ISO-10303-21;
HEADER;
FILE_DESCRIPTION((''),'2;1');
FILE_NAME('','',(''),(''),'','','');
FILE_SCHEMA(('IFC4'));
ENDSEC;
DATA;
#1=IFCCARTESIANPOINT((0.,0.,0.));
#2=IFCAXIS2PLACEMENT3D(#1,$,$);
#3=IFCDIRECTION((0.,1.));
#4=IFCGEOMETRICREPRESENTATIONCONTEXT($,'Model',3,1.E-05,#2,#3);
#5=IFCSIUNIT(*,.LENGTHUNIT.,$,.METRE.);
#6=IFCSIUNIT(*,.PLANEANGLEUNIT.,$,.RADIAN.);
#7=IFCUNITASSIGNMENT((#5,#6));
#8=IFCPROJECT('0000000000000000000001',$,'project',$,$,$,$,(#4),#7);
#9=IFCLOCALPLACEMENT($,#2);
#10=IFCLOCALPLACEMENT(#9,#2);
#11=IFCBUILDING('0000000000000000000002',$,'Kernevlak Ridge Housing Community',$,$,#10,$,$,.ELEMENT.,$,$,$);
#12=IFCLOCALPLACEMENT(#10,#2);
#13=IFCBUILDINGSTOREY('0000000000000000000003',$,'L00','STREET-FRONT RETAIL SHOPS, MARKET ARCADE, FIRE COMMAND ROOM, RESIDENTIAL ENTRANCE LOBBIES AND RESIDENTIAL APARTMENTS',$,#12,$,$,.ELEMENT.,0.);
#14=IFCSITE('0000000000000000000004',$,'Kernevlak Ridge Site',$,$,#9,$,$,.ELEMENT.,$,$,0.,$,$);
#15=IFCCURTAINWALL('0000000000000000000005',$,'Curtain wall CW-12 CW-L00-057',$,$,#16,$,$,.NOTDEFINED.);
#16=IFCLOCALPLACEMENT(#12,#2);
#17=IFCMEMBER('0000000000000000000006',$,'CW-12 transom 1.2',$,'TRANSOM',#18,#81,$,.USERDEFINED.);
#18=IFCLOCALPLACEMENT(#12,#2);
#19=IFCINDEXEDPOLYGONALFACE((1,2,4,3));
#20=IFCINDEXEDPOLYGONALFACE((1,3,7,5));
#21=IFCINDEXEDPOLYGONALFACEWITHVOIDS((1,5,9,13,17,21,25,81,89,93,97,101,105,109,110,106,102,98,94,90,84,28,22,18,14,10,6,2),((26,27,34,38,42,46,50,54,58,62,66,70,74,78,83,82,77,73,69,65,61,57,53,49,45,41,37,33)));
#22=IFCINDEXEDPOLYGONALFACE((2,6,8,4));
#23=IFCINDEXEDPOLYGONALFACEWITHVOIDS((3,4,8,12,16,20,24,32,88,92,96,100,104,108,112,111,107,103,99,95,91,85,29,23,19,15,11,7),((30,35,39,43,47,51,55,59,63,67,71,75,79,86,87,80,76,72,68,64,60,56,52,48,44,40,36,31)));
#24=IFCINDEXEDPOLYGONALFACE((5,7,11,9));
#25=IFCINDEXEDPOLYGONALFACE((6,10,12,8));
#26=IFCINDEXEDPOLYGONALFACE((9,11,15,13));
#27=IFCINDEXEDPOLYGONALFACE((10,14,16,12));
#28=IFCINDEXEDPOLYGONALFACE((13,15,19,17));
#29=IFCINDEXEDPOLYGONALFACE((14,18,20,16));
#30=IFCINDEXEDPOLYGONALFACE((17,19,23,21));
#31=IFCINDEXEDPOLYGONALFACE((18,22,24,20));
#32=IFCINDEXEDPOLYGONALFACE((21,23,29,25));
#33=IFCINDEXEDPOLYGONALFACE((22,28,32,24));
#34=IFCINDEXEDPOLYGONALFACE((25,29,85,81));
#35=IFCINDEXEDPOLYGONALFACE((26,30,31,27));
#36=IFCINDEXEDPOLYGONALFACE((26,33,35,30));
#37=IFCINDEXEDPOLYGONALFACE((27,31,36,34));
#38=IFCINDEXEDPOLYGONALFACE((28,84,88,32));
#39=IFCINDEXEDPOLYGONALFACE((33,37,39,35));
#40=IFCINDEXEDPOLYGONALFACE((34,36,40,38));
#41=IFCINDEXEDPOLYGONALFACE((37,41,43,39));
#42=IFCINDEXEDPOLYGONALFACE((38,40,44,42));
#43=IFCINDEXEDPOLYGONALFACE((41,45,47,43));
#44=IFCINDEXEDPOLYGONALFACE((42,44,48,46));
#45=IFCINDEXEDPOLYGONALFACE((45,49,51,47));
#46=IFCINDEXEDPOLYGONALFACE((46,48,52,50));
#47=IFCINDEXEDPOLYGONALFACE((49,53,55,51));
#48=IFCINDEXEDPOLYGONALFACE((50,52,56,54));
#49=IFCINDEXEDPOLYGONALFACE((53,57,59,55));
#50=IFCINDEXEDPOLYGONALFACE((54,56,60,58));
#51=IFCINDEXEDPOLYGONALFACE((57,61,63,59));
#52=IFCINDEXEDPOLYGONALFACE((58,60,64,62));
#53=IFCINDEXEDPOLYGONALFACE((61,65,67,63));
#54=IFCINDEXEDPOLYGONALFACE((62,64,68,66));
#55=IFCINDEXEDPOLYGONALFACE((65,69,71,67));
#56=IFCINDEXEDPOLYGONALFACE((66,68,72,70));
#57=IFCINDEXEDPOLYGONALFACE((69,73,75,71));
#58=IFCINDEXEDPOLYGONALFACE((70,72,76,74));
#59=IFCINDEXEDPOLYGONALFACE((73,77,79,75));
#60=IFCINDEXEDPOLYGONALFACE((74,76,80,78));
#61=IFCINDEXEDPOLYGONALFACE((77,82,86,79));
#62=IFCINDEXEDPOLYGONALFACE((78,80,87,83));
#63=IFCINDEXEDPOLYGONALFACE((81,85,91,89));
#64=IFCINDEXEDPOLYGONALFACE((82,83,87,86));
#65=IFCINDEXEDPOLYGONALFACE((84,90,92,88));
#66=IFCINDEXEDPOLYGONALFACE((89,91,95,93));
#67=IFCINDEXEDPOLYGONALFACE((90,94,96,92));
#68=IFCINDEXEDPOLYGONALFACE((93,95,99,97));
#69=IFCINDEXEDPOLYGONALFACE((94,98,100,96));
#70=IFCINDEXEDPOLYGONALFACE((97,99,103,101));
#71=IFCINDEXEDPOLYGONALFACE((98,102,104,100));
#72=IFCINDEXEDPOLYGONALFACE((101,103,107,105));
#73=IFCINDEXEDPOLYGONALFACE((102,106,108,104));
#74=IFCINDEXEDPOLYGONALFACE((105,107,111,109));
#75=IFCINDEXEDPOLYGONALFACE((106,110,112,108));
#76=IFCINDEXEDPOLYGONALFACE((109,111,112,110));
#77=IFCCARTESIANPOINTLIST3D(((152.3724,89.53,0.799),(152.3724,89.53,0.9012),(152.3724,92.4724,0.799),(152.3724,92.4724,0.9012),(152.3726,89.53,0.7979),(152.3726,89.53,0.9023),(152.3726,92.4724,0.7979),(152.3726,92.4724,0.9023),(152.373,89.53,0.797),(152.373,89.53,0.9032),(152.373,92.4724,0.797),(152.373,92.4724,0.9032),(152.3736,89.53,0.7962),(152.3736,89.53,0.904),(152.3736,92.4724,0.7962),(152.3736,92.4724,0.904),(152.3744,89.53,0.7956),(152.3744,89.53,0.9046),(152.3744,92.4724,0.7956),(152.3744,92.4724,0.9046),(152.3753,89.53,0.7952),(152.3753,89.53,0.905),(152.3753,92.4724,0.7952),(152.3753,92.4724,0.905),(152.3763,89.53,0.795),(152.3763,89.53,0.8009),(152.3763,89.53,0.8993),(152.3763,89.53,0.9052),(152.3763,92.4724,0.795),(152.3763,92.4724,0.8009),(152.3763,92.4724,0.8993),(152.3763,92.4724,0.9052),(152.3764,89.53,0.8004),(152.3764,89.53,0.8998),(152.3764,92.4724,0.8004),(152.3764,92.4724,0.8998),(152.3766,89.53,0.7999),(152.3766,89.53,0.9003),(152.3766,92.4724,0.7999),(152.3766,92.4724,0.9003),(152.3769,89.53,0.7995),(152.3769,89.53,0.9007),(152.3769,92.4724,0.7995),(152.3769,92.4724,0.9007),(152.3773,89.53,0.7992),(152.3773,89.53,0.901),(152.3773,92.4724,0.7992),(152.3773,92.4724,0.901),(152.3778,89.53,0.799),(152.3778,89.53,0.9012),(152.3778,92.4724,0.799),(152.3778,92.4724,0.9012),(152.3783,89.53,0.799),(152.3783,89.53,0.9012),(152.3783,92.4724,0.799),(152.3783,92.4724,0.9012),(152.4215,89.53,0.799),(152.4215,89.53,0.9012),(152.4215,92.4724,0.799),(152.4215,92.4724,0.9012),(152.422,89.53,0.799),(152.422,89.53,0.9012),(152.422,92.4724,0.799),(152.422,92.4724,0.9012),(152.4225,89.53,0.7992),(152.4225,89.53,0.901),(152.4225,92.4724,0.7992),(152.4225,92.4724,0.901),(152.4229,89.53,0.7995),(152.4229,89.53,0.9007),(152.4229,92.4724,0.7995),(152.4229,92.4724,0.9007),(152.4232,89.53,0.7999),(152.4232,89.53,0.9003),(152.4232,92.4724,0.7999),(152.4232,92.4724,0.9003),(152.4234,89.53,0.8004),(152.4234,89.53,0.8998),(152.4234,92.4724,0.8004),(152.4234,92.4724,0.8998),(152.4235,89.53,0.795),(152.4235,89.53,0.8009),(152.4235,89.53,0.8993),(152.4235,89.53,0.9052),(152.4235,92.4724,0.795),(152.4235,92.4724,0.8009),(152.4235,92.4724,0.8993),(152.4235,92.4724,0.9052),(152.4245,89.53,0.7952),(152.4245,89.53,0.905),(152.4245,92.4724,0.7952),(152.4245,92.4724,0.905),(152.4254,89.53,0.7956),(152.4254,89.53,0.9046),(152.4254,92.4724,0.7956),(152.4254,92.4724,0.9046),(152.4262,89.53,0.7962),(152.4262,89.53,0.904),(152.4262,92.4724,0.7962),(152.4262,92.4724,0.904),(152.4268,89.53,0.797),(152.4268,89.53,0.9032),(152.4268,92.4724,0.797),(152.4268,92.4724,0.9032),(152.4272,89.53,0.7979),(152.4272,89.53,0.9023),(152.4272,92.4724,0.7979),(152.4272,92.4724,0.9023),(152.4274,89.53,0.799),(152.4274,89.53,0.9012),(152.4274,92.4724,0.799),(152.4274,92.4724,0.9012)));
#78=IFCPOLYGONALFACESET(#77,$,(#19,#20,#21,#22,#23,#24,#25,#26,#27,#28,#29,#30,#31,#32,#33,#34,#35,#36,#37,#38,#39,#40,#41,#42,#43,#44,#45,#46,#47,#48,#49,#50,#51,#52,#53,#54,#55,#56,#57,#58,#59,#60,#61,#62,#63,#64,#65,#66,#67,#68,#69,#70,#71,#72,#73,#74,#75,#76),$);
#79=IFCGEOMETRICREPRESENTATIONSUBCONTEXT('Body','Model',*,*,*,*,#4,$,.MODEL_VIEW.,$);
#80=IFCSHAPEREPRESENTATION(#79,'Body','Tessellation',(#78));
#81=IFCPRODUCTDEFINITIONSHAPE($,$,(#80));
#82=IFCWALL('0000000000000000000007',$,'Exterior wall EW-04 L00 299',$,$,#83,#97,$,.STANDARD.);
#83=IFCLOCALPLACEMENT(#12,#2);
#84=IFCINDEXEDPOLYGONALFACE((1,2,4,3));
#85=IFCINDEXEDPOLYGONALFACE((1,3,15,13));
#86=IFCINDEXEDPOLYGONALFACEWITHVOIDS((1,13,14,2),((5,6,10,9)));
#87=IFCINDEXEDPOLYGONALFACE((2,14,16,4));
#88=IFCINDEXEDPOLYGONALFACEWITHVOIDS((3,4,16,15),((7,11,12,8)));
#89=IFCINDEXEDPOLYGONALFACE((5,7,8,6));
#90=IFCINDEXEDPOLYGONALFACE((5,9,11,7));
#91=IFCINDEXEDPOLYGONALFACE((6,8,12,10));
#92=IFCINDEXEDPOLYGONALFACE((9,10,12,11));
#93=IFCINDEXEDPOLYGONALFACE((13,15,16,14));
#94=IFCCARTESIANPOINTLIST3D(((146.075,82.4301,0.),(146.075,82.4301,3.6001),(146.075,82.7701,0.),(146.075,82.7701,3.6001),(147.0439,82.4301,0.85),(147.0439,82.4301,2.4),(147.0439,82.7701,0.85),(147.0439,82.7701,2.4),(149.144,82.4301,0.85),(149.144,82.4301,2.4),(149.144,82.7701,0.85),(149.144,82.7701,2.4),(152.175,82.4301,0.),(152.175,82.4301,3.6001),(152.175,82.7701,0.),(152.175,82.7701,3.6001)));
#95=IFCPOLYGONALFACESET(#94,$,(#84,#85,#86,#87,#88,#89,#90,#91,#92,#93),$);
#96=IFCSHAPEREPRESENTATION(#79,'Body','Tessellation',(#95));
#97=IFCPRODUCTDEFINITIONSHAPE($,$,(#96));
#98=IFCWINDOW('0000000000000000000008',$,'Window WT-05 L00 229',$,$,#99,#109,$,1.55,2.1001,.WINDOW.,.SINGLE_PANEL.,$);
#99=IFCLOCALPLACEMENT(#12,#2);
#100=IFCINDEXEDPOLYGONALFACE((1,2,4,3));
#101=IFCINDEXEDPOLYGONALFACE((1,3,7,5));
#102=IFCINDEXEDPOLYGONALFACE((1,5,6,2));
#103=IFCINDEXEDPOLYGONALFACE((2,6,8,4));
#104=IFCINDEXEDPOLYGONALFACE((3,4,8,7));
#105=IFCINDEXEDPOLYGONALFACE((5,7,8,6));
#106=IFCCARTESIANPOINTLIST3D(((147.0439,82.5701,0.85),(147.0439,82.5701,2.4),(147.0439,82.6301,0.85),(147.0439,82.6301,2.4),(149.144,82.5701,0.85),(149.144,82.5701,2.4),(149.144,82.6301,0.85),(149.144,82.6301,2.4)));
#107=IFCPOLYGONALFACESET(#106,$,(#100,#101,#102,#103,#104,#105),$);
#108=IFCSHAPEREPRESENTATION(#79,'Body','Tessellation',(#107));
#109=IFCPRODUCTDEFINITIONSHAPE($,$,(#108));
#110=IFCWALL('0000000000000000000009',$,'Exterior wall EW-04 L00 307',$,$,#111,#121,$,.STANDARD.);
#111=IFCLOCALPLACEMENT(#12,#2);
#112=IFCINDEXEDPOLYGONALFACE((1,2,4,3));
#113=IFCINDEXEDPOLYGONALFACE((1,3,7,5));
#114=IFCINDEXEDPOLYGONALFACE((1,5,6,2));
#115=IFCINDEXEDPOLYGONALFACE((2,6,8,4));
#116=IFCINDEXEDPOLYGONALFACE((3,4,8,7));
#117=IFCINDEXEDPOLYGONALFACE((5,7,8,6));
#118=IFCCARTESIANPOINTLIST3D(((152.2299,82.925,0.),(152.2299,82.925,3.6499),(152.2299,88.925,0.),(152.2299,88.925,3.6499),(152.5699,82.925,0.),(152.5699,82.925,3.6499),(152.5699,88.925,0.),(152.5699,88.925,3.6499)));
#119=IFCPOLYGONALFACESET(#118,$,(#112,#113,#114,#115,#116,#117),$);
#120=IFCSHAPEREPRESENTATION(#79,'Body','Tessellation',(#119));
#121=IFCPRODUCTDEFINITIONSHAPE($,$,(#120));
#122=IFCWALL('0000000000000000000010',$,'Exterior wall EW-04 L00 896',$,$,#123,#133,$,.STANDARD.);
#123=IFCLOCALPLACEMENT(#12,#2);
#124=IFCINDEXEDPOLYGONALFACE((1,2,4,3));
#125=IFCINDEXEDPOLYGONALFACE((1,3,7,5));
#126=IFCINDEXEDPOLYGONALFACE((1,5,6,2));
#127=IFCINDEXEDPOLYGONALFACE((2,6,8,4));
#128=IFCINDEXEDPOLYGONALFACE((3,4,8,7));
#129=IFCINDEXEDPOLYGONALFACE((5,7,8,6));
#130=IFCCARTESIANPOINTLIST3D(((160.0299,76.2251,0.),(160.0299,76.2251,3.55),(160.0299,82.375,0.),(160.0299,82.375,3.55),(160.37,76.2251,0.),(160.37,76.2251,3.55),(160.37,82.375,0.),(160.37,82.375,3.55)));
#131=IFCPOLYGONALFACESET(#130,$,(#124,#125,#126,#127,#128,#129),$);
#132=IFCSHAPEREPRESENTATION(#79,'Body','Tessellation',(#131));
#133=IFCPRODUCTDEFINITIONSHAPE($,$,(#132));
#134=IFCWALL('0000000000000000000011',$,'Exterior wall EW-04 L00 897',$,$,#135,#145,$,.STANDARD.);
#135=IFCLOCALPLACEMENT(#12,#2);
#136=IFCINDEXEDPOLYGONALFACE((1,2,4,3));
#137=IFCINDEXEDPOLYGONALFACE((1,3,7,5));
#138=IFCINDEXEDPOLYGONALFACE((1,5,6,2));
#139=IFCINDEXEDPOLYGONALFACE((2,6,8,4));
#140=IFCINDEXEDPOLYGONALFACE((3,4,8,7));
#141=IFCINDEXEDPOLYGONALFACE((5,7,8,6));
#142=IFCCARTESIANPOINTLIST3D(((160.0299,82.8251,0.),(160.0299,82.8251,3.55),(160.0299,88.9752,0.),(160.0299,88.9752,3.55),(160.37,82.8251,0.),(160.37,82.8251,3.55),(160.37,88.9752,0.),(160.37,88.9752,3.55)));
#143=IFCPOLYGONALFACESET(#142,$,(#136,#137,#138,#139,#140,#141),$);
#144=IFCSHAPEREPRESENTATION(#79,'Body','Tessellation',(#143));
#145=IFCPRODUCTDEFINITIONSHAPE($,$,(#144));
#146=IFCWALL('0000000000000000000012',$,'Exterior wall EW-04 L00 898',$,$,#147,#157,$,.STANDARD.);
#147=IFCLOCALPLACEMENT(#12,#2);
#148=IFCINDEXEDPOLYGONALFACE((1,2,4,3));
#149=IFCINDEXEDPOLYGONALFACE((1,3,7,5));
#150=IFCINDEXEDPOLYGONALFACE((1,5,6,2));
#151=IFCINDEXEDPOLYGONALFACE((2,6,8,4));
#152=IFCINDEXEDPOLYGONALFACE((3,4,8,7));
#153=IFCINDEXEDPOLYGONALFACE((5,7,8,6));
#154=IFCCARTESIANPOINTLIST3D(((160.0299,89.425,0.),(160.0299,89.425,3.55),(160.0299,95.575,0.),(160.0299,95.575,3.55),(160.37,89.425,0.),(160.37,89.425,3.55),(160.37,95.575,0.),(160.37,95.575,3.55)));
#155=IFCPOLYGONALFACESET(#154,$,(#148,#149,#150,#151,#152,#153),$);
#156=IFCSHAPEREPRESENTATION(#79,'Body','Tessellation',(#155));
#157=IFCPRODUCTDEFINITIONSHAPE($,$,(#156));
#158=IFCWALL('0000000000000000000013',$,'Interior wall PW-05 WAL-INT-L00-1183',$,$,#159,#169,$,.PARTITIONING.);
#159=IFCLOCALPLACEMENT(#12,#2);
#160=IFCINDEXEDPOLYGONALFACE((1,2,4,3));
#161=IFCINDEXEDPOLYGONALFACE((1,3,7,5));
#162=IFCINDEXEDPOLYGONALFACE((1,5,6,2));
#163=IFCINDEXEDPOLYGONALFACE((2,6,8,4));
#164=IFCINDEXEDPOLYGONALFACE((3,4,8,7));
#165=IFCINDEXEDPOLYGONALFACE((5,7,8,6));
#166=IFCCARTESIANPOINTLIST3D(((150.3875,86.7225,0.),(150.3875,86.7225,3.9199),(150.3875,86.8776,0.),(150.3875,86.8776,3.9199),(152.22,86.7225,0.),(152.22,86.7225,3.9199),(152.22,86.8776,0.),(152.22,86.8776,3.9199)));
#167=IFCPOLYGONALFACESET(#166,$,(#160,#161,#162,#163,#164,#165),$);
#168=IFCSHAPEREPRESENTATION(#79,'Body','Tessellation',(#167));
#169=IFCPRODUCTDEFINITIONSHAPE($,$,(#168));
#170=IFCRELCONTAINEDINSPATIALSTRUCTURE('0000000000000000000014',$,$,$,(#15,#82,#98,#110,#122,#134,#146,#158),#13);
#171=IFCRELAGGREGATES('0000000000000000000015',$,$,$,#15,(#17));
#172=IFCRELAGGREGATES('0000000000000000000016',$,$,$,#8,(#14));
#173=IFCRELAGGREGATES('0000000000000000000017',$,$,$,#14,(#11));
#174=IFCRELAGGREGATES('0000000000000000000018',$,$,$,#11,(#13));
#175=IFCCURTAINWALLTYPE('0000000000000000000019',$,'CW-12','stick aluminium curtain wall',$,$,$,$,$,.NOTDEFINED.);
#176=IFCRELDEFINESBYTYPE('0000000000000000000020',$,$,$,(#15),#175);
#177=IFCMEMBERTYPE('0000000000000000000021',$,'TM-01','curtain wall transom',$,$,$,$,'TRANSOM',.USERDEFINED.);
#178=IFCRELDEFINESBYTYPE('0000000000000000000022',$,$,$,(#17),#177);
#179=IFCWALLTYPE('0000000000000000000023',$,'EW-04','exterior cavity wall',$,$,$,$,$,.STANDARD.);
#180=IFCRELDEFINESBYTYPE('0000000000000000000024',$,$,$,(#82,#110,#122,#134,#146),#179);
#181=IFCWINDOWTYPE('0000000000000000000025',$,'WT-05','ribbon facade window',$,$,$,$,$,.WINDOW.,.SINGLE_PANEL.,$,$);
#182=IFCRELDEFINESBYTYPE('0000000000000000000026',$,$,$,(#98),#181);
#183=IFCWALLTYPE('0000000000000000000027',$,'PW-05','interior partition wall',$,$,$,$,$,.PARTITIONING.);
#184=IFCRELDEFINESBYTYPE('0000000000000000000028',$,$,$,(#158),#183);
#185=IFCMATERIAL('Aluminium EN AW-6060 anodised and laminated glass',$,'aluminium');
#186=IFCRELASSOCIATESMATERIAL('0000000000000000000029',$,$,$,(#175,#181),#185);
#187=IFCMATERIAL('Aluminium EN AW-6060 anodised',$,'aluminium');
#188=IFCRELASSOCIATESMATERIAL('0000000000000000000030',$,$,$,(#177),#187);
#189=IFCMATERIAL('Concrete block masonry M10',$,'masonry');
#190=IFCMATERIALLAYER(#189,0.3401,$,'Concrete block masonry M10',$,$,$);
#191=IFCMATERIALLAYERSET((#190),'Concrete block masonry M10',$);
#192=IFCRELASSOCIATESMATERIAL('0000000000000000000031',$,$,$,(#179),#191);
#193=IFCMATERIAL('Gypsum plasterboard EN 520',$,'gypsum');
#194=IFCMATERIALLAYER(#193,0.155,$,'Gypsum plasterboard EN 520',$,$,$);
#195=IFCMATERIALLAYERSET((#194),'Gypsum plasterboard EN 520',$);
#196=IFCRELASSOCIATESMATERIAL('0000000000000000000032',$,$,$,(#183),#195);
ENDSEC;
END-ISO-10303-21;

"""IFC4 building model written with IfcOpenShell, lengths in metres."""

from ifc_helpers import new_model, si_unit, direction, frame, frame_2d, origin, origin_2d, place, context, subcontext, project, spatial, rectangle, hollow_rectangle, extrude, material, layer, layer_set, material_profile, profile_set, type_object, element, fill, aggregate, save


model = new_model("IFC4")

# Units and contexts
model_context = context("Model", 3, precision=1e-05, world=origin(), true_north=direction((0.0, 1.0)))
body_context = subcontext(model_context, "Body", "Model", "MODEL_VIEW")
ifc_project = project(units=[si_unit("LENGTHUNIT", "METRE"), si_unit("PLANEANGLEUNIT", "RADIAN")], contexts=[model_context])

# Site, building, storey
site_placement = place(None, origin())
site = spatial("IfcSite", under=ifc_project, at=site_placement, Name="Kernevlak Ridge Site", CompositionType="ELEMENT", RefElevation=0.0)
building_placement = place(site_placement, origin())
building = spatial("IfcBuilding", under=site, at=building_placement, Name="Kernevlak Ridge Housing Community", CompositionType="ELEMENT")
storey_placement = place(building_placement, origin())
storey = spatial("IfcBuildingStorey", under=building, at=storey_placement, Name="L00", Description="STREET-FRONT RETAIL SHOPS, MARKET ARCADE, FIRE COMMAND ROOM, RESIDENTIAL ENTRANCE LOBBIES AND RESIDENTIAL APARTMENTS", CompositionType="ELEMENT", Elevation=0.0)

# Curtain wall
ifc_material_1 = material(Name="Aluminium EN AW-6060 anodised and laminated glass", Category="aluminium")
curtain_wall_type = type_object("IfcCurtainWallType", Name="CW-12", Description="stick aluminium curtain wall", PredefinedType="NOTDEFINED", material=ifc_material_1)
curtain_wall_placement = place(storey_placement, origin())
curtain_wall = element("IfcCurtainWall", 1, at=curtain_wall_placement, inside=storey, type_object=curtain_wall_type, Name="Curtain wall CW-12 CW-L00-057", PredefinedType="NOTDEFINED")
ifc_material_2 = material(Name="Aluminium EN AW-6060 anodised", Category="aluminium")

# Member
ifc_material_profile_1 = material_profile(ifc_material_2, hollow_rectangle(XDim=0.0549, YDim=0.1101, WallThickness=0.0039, InnerFilletRadius=0.002, OuterFilletRadius=0.0039, at=origin_2d()), Name="ALU 55x110x4")
ifc_profile_set_1 = profile_set([ifc_material_profile_1], Name="Aluminium EN AW-6060 anodised")
member_type_1 = type_object("IfcMemberType", Name="TM-01", Description="curtain wall transom", ElementType="TRANSOM", PredefinedType="USERDEFINED", material=ifc_profile_set_1)
member_1_placement = place(storey_placement, frame((152.3999, 89.53, 0.8501), z_axis=(0.0, 1.0, 0.0), x_axis=(-1.0, 0.0, 0.0)))
member_1 = element("IfcMember", 2, at=member_1_placement, type_object=member_type_1, Name="CW-12 transom 1.2", ObjectType="TRANSOM", PredefinedType="USERDEFINED", context=body_context, shape_type="SweptSolid", body=[
    extrude(hollow_rectangle(XDim=0.0549, YDim=0.1101, WallThickness=0.0039, InnerFilletRadius=0.002, OuterFilletRadius=0.0039, at=origin_2d()), origin(), (0.0, 0.0, 1.0), 2.9424),
])
aggregate(curtain_wall, [member_1])

# Wall, opening, window
ifc_material_3 = material(Name="Concrete block masonry M10", Category="masonry")
ifc_layer_1 = layer(ifc_material_3, 0.3401, Name="Concrete block masonry M10")
ifc_layer_set_1 = layer_set([ifc_layer_1], Name="Concrete block masonry M10")
wall_type_1 = type_object("IfcWallType", Name="EW-04", Description="exterior cavity wall", PredefinedType="STANDARD", material=ifc_layer_set_1)
wall_1_placement = place(storey_placement, frame((146.075, 82.6001, 0.0), z_axis=(0.0, 0.0, 1.0), x_axis=(1.0, 0.0, 0.0)))
wall_1 = element("IfcWall", 3, at=wall_1_placement, inside=storey, type_object=wall_type_1, Name="Exterior wall EW-04 L00 299", PredefinedType="STANDARD", context=body_context, shape_type="SweptSolid", body=[
    extrude(rectangle(XDim=6.1001, YDim=0.3401, at=frame_2d((3.05, 0.0))), origin(), (0.0, 0.0, 1.0), 3.6001),
])
opening_1_placement = place(wall_1_placement, frame((0.969, 0.0, 0.8501)))
opening_1 = element("IfcOpeningElement", 4, at=opening_1_placement, cuts=wall_1, PredefinedType="OPENING", context=body_context, shape_type="SweptSolid", body=[
    extrude(rectangle(XDim=2.1001, YDim=1.55, at=frame_2d((1.05, 0.7749))), frame((0.0, 0.1799, 0.0), z_axis=(0.0, -1.0, 0.0), x_axis=(1.0, 0.0, 0.0)), (0.0, 0.0, 1.0), 0.3601),
])
window_type = type_object("IfcWindowType", Name="WT-05", Description="ribbon facade window", PartitioningType="SINGLE_PANEL", PredefinedType="WINDOW", material=ifc_material_1)
window_placement = place(opening_1_placement, origin())
window = element("IfcWindow", 5, at=window_placement, inside=storey, type_object=window_type, Name="Window WT-05 L00 229", OverallHeight=1.55, OverallWidth=2.1001, PartitioningType="SINGLE_PANEL", PredefinedType="WINDOW", context=body_context, shape_type="SweptSolid", body=[
    extrude(rectangle(XDim=2.1001, YDim=1.55, at=frame_2d((1.05, 0.7749))), frame((0.0, 0.03, 0.0), z_axis=(0.0, -1.0, 0.0), x_axis=(1.0, 0.0, 0.0)), (0.0, 0.0, 1.0), 0.0601),
])
fill(opening_1, window)

# Walls
wall_2_placement = place(storey_placement, frame((152.3999, 82.925, 0.0), z_axis=(0.0, 0.0, 1.0), x_axis=(0.0, 1.0, 0.0)))
element("IfcWall", 6, at=wall_2_placement, inside=storey, type_object=wall_type_1, Name="Exterior wall EW-04 L00 307", PredefinedType="STANDARD", context=body_context, shape_type="SweptSolid", body=[
    extrude(rectangle(XDim=6.0, YDim=0.3401, at=frame_2d((3.0, 0.0))), origin(), (0.0, 0.0, 1.0), 3.6499),
])
wall_3_placement = place(storey_placement, frame((160.2, 76.2251, 0.0), z_axis=(0.0, 0.0, 1.0), x_axis=(0.0, 1.0, 0.0)))
element("IfcWall", 7, at=wall_3_placement, inside=storey, type_object=wall_type_1, Name="Exterior wall EW-04 L00 896", PredefinedType="STANDARD", context=body_context, shape_type="SweptSolid", body=[
    extrude(rectangle(XDim=6.1499, YDim=0.3401, at=frame_2d((3.075, 0.0))), origin(), (0.0, 0.0, 1.0), 3.55),
])
wall_4_placement = place(storey_placement, frame((160.2, 82.825, 0.0), z_axis=(0.0, 0.0, 1.0), x_axis=(0.0, 1.0, 0.0)))
element("IfcWall", 8, at=wall_4_placement, inside=storey, type_object=wall_type_1, Name="Exterior wall EW-04 L00 897", PredefinedType="STANDARD", context=body_context, shape_type="SweptSolid", body=[
    extrude(rectangle(XDim=6.1501, YDim=0.3401, at=frame_2d((3.0752, 0.0))), origin(), (0.0, 0.0, 1.0), 3.55),
])
wall_5_placement = place(storey_placement, frame((160.2, 89.425, 0.0), z_axis=(0.0, 0.0, 1.0), x_axis=(0.0, 1.0, 0.0)))
element("IfcWall", 9, at=wall_5_placement, inside=storey, type_object=wall_type_1, Name="Exterior wall EW-04 L00 898", PredefinedType="STANDARD", context=body_context, shape_type="SweptSolid", body=[
    extrude(rectangle(XDim=6.1499, YDim=0.3401, at=frame_2d((3.075, 0.0))), origin(), (0.0, 0.0, 1.0), 3.55),
])

# Shared definitions
ifc_material_4 = material(Name="Gypsum plasterboard EN 520", Category="gypsum")
ifc_layer_2 = layer(ifc_material_4, 0.155, Name="Gypsum plasterboard EN 520")
ifc_layer_set_2 = layer_set([ifc_layer_2], Name="Gypsum plasterboard EN 520")
wall_type_2 = type_object("IfcWallType", Name="PW-05", Description="interior partition wall", PredefinedType="PARTITIONING", material=ifc_layer_set_2)

# Wall
wall_6_placement = place(storey_placement, frame((150.3875, 86.8, 0.0), z_axis=(0.0, 0.0, 1.0), x_axis=(1.0, 0.0, 0.0)))
element("IfcWall", 10, at=wall_6_placement, inside=storey, type_object=wall_type_2, Name="Interior wall PW-05 WAL-INT-L00-1183", PredefinedType="PARTITIONING", context=body_context, shape_type="SweptSolid", body=[
    extrude(rectangle(XDim=1.8325, YDim=0.155, at=frame_2d((0.9163, 0.0))), origin(), (0.0, 0.0, 1.0), 3.9199),
])

save(model, "model.ifc")
